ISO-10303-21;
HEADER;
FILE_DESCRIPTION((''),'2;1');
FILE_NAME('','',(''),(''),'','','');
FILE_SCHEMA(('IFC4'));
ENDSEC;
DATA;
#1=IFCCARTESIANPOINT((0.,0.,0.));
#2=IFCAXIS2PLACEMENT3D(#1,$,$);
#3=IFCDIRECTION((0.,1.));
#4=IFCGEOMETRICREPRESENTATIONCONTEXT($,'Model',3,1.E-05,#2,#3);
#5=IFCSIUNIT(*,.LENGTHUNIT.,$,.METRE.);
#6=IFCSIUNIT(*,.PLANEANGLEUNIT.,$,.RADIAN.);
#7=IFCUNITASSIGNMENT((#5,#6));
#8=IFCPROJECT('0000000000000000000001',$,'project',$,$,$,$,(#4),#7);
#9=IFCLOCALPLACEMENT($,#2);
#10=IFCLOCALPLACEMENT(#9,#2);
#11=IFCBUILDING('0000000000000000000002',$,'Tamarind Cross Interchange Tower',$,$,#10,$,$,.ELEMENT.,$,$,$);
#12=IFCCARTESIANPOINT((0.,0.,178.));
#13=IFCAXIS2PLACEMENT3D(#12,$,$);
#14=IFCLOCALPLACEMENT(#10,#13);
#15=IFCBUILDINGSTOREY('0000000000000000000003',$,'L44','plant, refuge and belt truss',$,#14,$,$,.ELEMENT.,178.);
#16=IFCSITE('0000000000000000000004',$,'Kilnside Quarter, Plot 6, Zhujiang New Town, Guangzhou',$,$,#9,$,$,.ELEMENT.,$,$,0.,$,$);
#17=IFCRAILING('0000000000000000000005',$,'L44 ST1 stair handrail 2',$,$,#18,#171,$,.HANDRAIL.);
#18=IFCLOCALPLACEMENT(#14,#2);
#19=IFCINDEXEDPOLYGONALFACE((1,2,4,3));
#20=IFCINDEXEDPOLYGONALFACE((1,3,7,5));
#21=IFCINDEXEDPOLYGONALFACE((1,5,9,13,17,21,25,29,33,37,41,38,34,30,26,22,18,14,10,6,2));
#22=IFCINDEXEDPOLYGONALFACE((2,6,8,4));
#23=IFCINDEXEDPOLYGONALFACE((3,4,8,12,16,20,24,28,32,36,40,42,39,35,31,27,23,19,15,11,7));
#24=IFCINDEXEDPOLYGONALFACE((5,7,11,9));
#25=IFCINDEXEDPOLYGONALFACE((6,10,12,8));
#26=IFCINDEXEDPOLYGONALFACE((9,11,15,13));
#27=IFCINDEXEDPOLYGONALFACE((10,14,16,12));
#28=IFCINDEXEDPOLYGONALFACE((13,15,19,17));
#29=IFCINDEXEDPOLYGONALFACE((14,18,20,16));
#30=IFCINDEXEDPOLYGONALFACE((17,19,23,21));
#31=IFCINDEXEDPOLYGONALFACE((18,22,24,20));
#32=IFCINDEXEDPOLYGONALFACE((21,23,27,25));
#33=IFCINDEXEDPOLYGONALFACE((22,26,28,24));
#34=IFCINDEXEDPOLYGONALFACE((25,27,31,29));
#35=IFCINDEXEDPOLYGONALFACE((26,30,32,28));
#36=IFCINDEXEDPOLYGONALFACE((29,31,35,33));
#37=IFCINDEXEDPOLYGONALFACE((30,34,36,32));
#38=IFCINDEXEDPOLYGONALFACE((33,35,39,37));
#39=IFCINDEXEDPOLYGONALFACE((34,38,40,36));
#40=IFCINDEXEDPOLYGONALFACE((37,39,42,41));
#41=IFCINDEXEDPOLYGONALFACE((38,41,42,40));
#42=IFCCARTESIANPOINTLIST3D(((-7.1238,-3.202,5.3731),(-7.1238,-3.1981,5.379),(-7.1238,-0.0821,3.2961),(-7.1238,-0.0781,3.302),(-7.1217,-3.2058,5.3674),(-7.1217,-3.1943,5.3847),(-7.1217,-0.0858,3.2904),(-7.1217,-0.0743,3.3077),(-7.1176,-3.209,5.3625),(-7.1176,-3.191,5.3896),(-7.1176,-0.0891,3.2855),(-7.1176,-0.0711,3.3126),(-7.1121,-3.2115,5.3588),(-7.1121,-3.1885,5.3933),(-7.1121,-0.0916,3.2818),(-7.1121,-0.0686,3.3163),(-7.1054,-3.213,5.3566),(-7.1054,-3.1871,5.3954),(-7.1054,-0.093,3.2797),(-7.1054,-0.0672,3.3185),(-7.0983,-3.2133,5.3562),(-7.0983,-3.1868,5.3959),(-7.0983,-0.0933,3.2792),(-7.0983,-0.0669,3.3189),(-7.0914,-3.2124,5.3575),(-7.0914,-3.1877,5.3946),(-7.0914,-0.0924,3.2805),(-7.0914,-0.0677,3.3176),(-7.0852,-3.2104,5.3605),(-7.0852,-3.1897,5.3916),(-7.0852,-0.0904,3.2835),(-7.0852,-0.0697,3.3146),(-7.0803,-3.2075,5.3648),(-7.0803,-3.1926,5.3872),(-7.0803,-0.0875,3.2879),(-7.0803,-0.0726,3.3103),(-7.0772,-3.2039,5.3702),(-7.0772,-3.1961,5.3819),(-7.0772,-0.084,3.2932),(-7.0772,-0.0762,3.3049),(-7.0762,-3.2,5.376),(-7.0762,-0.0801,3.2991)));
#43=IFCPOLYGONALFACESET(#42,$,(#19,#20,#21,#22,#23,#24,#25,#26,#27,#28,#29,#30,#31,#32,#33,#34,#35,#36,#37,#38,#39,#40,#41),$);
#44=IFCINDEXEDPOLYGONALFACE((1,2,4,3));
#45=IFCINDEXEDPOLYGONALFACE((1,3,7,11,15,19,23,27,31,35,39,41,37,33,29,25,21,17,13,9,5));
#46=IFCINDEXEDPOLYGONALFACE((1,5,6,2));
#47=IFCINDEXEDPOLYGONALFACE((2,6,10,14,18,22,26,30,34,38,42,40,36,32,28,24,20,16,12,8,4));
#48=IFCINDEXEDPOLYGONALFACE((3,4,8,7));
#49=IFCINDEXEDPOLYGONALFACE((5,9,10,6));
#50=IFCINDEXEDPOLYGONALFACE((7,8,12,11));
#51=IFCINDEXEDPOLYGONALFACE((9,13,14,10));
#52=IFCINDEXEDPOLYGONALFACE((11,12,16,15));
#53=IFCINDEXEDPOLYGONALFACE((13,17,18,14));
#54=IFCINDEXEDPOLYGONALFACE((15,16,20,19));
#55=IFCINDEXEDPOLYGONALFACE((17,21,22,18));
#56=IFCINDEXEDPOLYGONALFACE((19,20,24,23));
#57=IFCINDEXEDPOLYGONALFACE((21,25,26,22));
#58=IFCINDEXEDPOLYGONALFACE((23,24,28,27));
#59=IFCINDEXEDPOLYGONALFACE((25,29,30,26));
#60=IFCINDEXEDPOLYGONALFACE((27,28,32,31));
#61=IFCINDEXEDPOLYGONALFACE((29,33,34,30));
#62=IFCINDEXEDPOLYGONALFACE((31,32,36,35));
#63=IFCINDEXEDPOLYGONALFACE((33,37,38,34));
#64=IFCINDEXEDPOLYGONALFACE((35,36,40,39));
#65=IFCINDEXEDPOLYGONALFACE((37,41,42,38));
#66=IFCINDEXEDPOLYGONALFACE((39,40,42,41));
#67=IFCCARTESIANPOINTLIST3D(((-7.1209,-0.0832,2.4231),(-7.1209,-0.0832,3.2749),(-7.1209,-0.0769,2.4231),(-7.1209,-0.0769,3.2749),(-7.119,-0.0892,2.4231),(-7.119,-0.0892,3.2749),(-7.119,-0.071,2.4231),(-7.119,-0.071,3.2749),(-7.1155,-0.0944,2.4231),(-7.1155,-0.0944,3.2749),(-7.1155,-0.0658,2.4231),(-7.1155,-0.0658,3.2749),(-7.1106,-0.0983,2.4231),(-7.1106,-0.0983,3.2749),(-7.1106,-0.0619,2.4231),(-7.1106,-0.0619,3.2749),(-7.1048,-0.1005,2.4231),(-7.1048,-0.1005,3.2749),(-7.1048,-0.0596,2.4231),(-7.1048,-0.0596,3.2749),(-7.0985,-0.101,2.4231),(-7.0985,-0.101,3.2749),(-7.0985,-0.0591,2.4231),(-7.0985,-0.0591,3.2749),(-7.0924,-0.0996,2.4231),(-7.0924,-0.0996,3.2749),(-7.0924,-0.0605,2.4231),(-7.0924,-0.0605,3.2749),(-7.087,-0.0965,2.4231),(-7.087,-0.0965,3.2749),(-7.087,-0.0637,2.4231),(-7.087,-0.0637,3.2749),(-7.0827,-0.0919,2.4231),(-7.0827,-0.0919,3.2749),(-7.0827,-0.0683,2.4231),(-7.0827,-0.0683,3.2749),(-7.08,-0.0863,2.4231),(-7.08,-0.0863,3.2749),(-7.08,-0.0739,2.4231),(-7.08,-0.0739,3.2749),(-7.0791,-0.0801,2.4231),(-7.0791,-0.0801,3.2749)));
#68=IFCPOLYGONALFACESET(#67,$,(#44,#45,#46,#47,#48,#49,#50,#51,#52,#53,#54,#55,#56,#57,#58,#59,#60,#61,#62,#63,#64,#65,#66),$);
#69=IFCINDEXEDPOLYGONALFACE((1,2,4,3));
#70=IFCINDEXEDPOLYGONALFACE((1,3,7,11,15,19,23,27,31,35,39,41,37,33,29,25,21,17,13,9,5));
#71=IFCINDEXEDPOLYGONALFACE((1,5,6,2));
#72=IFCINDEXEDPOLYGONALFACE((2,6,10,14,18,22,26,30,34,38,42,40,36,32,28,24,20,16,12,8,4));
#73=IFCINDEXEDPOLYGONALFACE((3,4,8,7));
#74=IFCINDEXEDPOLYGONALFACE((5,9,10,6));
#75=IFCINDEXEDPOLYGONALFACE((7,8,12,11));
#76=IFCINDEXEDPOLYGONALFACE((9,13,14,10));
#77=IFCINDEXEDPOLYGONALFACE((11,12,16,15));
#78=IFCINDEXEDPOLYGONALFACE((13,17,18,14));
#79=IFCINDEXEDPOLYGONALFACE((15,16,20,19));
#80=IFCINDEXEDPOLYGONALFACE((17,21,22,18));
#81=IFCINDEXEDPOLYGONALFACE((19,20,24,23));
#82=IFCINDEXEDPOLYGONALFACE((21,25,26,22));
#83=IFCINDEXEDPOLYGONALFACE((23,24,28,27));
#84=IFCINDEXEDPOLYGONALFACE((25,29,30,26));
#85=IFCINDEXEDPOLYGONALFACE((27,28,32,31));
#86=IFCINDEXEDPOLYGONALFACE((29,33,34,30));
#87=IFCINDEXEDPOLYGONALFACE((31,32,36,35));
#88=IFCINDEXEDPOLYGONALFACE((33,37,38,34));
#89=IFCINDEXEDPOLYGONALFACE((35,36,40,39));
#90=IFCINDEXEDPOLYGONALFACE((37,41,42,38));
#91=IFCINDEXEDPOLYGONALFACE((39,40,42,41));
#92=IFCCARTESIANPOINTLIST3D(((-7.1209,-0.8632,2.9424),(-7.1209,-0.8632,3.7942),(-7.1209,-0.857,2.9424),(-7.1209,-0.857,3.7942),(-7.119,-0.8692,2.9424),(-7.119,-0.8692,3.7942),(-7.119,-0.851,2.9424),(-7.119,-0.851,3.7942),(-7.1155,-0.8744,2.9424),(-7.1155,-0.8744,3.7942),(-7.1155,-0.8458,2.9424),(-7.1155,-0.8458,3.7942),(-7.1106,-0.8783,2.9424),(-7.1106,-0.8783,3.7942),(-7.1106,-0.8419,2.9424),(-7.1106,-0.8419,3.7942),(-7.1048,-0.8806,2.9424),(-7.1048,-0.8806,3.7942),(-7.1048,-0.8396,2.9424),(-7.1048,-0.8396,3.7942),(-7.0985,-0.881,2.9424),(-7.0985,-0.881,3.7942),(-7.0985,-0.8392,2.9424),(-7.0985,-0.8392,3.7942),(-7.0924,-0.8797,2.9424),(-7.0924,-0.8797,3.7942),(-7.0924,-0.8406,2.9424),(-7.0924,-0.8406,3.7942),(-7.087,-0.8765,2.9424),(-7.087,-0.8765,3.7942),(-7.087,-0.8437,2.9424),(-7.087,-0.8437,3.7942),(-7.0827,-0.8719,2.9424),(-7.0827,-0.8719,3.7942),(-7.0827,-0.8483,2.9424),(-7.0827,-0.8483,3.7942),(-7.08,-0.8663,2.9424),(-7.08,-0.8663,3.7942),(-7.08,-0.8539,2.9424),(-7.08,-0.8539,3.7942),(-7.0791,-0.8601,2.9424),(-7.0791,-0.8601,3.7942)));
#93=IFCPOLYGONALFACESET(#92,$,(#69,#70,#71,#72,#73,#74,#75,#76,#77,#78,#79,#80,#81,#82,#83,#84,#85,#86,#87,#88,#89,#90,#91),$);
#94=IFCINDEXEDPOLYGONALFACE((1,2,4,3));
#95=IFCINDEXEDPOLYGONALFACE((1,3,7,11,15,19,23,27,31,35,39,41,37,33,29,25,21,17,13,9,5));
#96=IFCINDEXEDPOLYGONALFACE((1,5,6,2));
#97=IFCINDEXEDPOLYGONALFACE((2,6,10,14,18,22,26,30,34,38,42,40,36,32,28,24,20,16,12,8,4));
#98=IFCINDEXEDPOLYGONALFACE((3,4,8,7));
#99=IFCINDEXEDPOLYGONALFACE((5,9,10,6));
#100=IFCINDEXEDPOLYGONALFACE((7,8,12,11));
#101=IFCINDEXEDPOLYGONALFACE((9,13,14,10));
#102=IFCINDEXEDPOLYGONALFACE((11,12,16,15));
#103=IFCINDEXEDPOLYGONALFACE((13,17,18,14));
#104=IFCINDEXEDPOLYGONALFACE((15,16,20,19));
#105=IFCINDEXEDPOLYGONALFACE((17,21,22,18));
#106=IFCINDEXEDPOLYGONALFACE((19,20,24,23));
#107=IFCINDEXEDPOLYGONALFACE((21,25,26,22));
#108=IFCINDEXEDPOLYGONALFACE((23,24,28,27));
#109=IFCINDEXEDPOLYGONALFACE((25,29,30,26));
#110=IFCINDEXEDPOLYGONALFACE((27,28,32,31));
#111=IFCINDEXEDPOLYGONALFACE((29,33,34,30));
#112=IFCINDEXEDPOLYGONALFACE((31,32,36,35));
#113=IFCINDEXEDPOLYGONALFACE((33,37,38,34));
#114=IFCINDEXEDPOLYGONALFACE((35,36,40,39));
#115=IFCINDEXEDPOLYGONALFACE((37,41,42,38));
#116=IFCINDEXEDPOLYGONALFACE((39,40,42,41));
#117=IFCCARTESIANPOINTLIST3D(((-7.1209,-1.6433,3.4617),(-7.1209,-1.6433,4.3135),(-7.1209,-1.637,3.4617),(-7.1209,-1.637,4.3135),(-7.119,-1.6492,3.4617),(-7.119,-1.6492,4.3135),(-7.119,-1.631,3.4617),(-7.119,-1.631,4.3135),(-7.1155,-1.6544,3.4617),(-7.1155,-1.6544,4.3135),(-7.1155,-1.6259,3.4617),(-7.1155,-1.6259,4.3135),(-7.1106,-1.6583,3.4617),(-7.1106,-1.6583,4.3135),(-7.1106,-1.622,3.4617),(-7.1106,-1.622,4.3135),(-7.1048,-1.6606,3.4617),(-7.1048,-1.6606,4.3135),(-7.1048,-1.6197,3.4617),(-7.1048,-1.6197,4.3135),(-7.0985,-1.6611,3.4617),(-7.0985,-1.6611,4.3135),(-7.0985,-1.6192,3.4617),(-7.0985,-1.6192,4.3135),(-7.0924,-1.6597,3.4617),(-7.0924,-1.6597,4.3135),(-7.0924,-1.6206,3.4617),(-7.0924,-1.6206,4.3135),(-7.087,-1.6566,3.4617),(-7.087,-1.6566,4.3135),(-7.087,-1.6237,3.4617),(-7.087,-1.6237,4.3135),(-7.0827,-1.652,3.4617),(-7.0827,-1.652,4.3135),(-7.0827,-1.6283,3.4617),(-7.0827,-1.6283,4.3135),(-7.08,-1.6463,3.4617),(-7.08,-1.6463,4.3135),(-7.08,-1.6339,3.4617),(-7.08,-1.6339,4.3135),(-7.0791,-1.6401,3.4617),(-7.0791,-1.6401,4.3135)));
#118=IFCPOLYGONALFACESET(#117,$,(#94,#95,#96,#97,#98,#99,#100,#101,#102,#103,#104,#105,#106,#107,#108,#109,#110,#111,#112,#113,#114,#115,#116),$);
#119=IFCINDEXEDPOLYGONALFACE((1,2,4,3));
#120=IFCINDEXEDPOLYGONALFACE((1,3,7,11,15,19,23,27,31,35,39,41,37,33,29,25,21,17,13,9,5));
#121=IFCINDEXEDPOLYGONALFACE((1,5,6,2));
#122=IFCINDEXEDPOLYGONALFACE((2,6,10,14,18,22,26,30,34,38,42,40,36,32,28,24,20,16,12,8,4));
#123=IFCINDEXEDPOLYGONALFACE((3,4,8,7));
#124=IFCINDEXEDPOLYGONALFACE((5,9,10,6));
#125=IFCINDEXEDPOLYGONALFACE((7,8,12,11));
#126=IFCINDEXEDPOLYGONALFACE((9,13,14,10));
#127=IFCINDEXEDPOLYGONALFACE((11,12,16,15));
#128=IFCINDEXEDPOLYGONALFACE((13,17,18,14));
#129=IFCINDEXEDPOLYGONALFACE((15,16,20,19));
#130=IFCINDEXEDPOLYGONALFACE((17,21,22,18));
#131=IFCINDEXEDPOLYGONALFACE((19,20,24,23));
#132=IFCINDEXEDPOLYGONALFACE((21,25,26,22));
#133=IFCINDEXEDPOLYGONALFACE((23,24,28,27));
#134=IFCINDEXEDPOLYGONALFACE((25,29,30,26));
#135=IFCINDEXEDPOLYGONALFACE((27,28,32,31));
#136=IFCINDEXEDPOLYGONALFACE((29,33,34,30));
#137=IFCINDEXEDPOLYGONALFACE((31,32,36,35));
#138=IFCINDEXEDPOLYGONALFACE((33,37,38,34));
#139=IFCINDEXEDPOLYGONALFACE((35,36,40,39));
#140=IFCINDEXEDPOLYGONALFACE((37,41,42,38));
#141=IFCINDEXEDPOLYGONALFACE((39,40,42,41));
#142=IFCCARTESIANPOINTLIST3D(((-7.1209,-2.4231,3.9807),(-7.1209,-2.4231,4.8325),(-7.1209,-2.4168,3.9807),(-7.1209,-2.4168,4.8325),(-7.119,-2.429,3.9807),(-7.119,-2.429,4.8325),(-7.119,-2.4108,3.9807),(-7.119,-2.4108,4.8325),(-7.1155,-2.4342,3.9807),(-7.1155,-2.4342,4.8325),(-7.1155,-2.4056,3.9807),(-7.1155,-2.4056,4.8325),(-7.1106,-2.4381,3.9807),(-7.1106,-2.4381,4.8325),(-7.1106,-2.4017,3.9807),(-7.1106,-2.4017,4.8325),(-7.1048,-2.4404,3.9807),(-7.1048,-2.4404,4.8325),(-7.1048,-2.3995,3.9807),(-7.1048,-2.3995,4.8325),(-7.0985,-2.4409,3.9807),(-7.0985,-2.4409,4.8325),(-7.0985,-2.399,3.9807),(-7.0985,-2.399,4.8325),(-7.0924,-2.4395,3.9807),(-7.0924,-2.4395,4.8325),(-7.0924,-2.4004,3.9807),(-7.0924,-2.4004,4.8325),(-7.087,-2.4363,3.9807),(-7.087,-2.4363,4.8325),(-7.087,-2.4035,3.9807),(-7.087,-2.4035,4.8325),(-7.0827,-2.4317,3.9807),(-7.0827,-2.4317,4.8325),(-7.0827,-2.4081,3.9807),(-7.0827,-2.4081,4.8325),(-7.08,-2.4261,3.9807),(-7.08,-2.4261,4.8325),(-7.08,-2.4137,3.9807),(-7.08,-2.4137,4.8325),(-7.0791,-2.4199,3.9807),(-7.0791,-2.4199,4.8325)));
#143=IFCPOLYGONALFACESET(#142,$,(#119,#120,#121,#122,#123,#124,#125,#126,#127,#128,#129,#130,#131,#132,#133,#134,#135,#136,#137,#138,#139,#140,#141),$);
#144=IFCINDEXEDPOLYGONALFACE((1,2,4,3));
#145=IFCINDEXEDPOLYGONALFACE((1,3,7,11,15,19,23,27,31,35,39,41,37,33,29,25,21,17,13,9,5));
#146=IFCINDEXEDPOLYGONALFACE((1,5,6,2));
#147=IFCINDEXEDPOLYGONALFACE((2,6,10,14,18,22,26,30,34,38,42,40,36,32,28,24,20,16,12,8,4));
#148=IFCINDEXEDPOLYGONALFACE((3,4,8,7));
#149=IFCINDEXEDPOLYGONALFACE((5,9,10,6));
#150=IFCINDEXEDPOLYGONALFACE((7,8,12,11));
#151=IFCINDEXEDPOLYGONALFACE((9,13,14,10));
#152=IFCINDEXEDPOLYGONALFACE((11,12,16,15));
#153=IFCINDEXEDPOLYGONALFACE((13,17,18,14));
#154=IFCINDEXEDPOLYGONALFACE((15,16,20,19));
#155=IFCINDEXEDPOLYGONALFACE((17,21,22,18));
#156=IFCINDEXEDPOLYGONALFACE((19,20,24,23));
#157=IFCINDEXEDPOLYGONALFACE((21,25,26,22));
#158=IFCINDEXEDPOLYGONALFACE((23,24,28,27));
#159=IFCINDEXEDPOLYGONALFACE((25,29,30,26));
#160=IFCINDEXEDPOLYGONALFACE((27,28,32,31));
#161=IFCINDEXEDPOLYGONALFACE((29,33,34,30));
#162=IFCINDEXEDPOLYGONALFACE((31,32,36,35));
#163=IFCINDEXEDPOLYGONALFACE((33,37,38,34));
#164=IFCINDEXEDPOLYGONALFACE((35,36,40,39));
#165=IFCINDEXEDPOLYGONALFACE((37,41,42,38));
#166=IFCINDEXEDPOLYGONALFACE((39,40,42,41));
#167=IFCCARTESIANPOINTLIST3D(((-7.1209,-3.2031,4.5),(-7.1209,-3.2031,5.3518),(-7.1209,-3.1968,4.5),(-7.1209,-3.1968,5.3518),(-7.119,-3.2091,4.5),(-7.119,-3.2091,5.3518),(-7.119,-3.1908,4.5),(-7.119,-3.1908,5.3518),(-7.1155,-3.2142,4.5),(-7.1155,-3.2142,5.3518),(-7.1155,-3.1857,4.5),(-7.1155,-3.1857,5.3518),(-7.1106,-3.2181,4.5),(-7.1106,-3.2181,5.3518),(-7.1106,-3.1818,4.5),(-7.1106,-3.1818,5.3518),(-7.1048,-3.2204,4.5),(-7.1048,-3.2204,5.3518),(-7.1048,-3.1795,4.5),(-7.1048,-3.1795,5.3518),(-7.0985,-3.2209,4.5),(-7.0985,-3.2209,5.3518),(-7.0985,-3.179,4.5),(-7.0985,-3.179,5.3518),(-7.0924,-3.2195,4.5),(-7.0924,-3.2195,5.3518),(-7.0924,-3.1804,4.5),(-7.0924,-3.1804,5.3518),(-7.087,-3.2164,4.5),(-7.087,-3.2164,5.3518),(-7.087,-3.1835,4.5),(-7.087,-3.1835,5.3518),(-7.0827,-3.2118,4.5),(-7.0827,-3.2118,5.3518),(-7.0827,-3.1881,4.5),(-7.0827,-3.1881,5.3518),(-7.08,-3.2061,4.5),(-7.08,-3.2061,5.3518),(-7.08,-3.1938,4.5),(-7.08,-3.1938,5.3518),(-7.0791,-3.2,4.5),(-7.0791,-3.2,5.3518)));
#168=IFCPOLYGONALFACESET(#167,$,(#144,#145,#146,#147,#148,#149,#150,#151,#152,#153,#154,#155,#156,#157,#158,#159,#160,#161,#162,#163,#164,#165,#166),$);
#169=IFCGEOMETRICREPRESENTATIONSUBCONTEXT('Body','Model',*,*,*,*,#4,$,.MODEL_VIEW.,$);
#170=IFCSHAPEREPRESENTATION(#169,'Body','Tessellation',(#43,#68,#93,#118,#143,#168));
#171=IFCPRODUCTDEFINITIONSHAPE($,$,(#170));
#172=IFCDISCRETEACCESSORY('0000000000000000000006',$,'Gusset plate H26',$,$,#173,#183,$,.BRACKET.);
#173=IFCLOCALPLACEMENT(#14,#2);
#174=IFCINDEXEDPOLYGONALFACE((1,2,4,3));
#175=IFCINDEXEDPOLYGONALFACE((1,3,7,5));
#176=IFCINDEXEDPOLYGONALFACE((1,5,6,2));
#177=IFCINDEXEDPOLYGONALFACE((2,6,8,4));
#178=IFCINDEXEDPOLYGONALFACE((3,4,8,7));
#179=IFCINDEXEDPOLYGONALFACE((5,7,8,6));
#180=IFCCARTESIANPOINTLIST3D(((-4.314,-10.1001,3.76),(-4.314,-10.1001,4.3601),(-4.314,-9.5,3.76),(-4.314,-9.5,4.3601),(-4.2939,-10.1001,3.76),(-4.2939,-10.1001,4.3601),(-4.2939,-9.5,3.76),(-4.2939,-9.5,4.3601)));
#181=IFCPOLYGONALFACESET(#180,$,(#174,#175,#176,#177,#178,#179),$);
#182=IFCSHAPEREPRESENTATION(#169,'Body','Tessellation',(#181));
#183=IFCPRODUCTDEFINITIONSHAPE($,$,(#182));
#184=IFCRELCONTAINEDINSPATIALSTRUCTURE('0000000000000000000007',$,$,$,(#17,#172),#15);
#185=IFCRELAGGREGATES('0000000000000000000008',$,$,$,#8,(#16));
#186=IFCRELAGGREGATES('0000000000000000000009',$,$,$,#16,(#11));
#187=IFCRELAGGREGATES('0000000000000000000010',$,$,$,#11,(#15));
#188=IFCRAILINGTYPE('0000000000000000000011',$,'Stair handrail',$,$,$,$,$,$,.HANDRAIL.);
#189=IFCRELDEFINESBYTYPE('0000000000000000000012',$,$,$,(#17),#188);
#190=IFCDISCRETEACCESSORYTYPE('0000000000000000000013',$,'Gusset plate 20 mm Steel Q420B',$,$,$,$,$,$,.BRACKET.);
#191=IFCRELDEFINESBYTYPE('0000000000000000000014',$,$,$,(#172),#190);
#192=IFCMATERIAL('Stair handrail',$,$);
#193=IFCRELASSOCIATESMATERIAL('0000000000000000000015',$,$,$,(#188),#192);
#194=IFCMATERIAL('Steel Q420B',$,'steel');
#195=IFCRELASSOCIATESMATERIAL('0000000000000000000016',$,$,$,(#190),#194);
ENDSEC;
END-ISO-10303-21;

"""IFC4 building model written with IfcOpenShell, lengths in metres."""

from ifc_helpers import new_model, si_unit, direction, frame, origin, origin_2d, place, context, subcontext, project, spatial, rectangle, circle, extrude, material, type_object, element, save


model = new_model("IFC4")

# Units and contexts
model_context = context("Model", 3, precision=1e-05, world=origin(), true_north=direction((0.0, 1.0)))
body_context = subcontext(model_context, "Body", "Model", "MODEL_VIEW")
ifc_project = project(units=[si_unit("LENGTHUNIT", "METRE"), si_unit("PLANEANGLEUNIT", "RADIAN")], contexts=[model_context])

# Site, building, storey
site_placement = place(None, origin())
site = spatial("IfcSite", under=ifc_project, at=site_placement, Name="Kilnside Quarter, Plot 6, Zhujiang New Town, Guangzhou", CompositionType="ELEMENT", RefElevation=0.0)
building_placement = place(site_placement, origin())
building = spatial("IfcBuilding", under=site, at=building_placement, Name="Tamarind Cross Interchange Tower", CompositionType="ELEMENT")
storey_placement = place(building_placement, frame((0.0, 0.0, 178.0)))
storey = spatial("IfcBuildingStorey", under=building, at=storey_placement, Name="L44", Description="plant, refuge and belt truss", CompositionType="ELEMENT", Elevation=178.0)

# Shared definitions
ifc_material_1 = material(Name="Steel Q420B", Category="steel")

# Railing
ifc_material_2 = material(Name="Stair handrail")
railing_type_1 = type_object("IfcRailingType", Name="Stair handrail", PredefinedType="HANDRAIL", material=ifc_material_2)
railing_1_placement = place(storey_placement, frame((-7.1001, -0.0801, 2.4231)))
element("IfcRailing", 1, at=railing_1_placement, inside=storey, type_object=railing_type_1, Name="L44 ST1 stair handrail 2", PredefinedType="HANDRAIL", context=body_context, shape_type="SweptSolid", body=[
    extrude(circle(Radius=0.0239, at=origin_2d()), frame((0.0, 0.0, 0.876), z_axis=(0.0, -0.832421, 0.554144), x_axis=(1.0, 0.0, 0.0)), (0.0, 0.0, 1.0), 3.748),
    extrude(circle(Radius=0.021, at=origin_2d()), origin(), (0.0, 0.0, 1.0), 0.8518),
    extrude(circle(Radius=0.021, at=origin_2d()), frame((0.0, -0.78, 0.5193)), (0.0, 0.0, 1.0), 0.8518),
    extrude(circle(Radius=0.021, at=origin_2d()), frame((0.0, -1.5601, 1.0386)), (0.0, 0.0, 1.0), 0.8518),
    extrude(circle(Radius=0.021, at=origin_2d()), frame((0.0, -2.3398, 1.5576)), (0.0, 0.0, 1.0), 0.8518),
    extrude(circle(Radius=0.021, at=origin_2d()), frame((0.0, -3.1199, 2.0769)), (0.0, 0.0, 1.0), 0.8518),
])

# Discrete accessory
discrete_accessory_type = type_object("IfcDiscreteAccessoryType", Name="Gusset plate 20 mm Steel Q420B", PredefinedType="BRACKET", material=ifc_material_1)
discrete_accessory_placement = place(storey_placement, frame((-4.304, -9.8, 3.76), z_axis=(0.0, 0.0, 1.0), x_axis=(1.0, 0.0, 0.0)))
element("IfcDiscreteAccessory", 2, at=discrete_accessory_placement, inside=storey, type_object=discrete_accessory_type, Name="Gusset plate H26", PredefinedType="BRACKET", context=body_context, shape_type="SweptSolid", body=[
    extrude(rectangle(XDim=0.02, YDim=0.6001, at=origin_2d()), origin(), (0.0, 0.0, 1.0), 0.6001),
])

save(model, "model.ifc")
